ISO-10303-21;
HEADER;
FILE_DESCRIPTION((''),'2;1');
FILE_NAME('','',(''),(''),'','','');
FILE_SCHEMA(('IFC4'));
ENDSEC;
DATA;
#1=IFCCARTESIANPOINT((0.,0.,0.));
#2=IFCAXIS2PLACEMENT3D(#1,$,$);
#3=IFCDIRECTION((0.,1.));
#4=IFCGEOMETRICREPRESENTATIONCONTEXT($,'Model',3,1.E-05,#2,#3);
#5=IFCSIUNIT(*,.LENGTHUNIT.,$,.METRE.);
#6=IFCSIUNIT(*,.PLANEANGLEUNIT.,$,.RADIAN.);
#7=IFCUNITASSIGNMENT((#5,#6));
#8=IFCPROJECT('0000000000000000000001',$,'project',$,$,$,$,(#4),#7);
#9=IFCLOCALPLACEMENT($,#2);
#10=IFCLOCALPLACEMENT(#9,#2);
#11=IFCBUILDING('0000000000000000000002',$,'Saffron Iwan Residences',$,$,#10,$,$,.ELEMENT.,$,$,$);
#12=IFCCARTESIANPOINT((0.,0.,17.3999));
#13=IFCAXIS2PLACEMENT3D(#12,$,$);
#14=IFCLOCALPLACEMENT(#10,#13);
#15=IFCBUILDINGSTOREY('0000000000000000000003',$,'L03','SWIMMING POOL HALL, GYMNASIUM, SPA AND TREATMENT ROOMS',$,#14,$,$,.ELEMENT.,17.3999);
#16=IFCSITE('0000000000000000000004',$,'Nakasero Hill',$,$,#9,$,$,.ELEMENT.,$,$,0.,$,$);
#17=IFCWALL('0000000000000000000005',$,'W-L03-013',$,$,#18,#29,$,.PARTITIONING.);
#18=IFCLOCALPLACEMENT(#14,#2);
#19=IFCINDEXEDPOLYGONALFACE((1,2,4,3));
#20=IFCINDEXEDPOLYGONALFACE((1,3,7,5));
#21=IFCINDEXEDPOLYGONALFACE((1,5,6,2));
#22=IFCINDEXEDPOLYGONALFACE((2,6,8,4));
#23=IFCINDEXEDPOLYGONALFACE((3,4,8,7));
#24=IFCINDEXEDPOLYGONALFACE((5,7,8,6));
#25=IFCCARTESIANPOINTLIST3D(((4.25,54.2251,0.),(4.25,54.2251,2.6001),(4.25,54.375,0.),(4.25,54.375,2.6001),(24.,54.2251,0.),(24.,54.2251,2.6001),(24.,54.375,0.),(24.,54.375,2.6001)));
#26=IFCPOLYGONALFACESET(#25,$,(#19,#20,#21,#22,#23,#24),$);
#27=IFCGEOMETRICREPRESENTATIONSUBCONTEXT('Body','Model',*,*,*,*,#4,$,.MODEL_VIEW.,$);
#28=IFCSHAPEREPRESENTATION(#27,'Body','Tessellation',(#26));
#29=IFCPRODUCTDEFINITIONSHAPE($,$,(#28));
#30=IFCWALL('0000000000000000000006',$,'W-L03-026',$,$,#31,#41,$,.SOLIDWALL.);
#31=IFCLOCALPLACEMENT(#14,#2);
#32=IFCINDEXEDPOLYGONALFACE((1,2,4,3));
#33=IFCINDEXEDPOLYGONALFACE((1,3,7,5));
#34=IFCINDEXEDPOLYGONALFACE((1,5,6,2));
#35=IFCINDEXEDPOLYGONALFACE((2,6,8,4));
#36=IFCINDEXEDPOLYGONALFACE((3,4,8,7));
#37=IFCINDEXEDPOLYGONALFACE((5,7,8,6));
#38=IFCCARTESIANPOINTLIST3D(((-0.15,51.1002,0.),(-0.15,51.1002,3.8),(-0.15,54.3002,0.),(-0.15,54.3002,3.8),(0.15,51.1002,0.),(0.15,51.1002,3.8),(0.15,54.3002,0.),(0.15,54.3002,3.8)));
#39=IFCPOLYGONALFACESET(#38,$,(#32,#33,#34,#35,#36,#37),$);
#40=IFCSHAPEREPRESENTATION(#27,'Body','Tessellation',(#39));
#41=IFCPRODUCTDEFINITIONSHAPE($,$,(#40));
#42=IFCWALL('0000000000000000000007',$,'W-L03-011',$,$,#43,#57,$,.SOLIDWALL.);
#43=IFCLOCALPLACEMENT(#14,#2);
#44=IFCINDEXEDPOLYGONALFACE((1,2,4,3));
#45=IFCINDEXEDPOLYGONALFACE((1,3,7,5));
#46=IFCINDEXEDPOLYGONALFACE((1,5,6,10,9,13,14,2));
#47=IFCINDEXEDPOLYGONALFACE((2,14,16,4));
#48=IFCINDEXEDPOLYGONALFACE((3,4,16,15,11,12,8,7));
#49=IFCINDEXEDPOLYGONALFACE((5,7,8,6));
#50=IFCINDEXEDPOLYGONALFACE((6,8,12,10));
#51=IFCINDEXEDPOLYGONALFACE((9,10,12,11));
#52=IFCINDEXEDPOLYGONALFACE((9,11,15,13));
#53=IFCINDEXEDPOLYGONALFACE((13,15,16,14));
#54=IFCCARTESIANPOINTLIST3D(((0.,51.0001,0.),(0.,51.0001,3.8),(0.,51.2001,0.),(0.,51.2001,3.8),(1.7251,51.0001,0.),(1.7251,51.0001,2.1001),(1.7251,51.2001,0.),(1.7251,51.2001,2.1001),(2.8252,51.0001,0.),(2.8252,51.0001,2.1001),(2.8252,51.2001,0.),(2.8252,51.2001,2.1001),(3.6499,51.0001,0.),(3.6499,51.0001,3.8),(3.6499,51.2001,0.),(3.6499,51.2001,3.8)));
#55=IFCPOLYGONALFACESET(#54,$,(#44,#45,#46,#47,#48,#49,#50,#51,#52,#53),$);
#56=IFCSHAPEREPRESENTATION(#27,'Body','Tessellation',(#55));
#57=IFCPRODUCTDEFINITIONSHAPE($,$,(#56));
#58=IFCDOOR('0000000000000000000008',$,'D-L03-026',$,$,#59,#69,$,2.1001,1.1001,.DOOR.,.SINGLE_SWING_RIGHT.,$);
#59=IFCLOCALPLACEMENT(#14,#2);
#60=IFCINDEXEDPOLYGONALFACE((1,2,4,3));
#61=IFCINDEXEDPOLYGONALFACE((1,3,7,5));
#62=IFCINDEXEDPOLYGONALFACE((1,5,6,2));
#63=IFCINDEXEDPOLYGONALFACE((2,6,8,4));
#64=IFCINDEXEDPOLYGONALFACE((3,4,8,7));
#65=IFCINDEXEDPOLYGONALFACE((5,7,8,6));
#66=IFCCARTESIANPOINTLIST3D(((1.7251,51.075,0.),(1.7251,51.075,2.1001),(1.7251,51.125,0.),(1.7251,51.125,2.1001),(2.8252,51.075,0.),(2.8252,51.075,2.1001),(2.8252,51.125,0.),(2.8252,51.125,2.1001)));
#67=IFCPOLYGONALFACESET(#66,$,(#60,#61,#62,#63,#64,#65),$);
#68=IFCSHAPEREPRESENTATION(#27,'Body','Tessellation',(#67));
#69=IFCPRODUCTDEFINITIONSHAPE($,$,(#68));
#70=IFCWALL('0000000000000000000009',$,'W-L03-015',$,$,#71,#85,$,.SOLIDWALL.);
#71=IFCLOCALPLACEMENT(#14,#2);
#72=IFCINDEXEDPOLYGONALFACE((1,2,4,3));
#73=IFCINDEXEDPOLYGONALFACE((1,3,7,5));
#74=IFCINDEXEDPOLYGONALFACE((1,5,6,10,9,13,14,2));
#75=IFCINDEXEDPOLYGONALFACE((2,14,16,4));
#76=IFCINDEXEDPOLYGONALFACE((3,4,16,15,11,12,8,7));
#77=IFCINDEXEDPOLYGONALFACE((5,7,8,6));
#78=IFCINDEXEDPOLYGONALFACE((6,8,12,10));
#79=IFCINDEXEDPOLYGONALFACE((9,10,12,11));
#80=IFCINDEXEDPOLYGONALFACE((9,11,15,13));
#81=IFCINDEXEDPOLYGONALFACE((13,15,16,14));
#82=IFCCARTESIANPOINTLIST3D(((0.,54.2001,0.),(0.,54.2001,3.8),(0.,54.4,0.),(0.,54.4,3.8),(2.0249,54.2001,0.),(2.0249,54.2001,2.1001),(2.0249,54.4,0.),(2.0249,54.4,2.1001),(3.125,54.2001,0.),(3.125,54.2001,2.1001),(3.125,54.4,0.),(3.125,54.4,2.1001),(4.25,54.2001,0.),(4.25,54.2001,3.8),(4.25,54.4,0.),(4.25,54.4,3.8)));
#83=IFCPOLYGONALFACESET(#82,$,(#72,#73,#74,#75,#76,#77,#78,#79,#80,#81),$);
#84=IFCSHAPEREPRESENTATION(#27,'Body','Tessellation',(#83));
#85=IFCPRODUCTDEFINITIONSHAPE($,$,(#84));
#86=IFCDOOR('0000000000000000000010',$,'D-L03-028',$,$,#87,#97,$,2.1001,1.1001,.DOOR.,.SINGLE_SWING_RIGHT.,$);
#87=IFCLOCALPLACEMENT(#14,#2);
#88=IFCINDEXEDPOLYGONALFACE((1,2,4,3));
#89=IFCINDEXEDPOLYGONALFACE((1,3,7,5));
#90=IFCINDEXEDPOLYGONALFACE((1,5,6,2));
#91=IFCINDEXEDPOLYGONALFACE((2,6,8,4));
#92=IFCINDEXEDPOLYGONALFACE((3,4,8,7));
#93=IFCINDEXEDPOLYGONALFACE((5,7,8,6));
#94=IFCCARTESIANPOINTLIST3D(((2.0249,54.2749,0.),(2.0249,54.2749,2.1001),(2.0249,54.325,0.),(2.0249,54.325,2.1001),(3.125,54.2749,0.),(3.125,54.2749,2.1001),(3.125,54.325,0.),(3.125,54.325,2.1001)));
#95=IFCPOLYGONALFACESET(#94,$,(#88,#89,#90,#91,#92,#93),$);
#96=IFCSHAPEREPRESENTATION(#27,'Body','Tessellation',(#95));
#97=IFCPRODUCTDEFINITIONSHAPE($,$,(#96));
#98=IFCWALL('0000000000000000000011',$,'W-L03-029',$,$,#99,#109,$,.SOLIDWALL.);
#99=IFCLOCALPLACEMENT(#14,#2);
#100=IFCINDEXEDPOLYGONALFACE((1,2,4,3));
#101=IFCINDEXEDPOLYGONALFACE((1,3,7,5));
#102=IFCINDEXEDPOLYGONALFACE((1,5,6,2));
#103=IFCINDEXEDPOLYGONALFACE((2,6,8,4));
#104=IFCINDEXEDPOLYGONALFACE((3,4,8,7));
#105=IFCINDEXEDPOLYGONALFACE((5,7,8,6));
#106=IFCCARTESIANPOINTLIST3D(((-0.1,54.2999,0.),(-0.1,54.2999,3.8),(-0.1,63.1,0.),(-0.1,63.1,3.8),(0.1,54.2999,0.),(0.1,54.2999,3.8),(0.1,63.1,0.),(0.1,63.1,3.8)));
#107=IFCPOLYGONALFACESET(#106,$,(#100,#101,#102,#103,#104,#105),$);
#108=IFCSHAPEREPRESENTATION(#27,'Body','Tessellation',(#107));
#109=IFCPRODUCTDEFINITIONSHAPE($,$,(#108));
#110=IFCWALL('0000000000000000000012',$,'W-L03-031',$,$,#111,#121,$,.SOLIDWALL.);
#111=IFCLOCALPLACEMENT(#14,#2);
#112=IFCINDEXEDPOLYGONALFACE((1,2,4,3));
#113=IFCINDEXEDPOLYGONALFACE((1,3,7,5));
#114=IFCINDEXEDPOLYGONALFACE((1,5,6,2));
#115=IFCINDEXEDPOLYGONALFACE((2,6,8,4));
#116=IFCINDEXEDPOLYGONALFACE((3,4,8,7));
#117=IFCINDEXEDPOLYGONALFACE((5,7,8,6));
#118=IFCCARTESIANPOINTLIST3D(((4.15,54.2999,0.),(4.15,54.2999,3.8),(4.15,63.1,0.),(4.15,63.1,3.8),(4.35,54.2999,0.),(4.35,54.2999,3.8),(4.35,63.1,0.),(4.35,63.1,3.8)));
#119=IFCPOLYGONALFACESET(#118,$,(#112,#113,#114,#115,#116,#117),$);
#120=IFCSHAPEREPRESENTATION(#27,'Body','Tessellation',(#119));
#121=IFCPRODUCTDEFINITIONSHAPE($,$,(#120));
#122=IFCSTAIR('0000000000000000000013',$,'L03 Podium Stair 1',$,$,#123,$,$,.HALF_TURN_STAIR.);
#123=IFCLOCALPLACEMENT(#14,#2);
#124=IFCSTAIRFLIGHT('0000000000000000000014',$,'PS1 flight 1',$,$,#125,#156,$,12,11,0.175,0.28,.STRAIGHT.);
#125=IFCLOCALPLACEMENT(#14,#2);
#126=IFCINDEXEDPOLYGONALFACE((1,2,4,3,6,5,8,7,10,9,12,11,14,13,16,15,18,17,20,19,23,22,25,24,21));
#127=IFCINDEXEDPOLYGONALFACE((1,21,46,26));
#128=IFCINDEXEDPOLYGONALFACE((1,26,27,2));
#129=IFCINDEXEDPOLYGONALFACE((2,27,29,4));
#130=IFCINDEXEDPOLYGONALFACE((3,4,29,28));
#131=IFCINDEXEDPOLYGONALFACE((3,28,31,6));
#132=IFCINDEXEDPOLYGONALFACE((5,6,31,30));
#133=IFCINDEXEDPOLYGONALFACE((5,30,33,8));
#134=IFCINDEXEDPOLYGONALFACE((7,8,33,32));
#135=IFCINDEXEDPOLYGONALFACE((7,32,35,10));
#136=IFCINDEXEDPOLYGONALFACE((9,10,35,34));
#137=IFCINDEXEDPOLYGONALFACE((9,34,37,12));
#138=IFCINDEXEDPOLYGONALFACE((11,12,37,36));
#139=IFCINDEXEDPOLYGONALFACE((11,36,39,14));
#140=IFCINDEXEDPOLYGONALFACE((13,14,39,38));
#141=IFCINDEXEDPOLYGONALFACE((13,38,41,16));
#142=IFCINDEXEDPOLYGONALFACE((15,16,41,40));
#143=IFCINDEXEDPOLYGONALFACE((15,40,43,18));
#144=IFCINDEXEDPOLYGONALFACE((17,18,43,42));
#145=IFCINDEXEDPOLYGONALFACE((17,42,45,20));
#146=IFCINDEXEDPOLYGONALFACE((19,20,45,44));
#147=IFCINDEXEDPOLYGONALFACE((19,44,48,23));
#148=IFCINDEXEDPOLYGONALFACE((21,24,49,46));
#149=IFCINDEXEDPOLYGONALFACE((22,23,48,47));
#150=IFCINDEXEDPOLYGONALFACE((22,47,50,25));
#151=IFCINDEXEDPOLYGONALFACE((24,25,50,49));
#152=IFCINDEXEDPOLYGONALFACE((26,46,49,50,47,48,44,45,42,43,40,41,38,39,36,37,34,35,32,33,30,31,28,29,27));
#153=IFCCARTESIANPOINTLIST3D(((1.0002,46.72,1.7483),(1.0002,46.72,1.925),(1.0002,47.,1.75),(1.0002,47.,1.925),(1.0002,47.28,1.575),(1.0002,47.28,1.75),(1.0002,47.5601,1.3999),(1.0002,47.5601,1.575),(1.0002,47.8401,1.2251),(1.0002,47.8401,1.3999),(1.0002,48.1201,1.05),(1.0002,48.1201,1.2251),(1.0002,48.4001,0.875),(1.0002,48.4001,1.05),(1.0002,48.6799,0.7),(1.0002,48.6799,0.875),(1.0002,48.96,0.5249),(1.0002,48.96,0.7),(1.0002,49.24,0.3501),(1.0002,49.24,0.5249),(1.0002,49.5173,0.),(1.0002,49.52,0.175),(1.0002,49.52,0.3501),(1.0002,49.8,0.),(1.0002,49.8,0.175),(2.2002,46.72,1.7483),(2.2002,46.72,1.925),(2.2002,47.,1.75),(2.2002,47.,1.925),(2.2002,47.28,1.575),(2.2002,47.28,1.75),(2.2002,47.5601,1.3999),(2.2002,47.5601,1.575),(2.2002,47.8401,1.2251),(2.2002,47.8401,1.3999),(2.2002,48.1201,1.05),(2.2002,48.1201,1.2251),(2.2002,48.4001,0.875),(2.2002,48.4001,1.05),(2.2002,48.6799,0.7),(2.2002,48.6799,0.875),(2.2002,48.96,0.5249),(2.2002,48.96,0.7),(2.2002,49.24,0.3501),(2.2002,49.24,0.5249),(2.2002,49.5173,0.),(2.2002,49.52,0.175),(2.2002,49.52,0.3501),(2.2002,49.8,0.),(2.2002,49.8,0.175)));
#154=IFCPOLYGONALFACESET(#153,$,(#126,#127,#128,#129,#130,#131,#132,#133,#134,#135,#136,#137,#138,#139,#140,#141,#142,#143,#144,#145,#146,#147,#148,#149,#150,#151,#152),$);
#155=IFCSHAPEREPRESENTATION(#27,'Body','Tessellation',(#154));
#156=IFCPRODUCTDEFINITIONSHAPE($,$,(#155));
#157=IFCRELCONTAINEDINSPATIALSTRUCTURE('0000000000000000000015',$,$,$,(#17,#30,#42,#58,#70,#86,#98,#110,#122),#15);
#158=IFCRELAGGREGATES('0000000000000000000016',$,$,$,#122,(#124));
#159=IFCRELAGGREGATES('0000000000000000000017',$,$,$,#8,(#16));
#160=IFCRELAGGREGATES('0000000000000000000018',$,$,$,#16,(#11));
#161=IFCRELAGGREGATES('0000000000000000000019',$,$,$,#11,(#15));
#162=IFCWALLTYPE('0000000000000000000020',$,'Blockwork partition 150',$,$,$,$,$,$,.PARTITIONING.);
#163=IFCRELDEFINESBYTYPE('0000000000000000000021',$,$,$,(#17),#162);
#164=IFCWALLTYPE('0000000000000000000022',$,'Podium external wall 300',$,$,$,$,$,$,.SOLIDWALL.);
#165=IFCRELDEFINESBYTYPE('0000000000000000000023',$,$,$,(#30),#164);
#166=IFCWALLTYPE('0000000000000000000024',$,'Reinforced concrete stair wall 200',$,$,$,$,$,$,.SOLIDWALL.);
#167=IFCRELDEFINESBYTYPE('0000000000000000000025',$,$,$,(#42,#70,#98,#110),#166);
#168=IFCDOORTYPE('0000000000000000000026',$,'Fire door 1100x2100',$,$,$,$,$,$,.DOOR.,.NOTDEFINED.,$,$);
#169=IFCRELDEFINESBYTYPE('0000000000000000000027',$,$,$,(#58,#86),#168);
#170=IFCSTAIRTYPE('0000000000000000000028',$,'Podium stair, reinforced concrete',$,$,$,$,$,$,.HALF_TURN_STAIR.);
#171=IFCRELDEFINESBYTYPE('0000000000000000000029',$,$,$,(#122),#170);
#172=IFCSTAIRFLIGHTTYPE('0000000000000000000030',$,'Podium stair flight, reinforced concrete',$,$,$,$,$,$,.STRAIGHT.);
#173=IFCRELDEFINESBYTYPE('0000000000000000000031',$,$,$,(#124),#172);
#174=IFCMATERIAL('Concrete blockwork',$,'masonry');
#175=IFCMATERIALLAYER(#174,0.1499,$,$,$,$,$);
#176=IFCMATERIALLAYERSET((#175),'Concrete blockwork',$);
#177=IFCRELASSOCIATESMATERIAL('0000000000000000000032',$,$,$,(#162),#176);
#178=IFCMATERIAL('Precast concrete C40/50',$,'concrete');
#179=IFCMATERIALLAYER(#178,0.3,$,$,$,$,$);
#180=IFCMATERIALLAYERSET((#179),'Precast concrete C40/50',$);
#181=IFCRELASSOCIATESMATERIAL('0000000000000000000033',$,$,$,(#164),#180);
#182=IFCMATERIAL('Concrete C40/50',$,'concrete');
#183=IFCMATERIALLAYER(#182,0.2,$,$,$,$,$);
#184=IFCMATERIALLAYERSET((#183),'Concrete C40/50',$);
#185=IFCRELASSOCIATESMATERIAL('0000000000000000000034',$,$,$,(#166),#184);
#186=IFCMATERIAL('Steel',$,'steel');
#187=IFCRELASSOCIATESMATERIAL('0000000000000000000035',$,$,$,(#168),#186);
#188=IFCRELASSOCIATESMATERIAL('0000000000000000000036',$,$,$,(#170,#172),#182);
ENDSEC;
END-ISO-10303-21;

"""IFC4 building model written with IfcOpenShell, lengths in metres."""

from ifc_helpers import new_model, si_unit, direction, frame, frame_2d, origin, place, context, subcontext, project, spatial, polyline, rectangle, outline, extrude, material, layer, layer_set, type_object, element, fill, aggregate, save


model = new_model("IFC4")

# Units and contexts
model_context = context("Model", 3, precision=1e-05, world=origin(), true_north=direction((0.0, 1.0)))
body_context = subcontext(model_context, "Body", "Model", "MODEL_VIEW")
ifc_project = project(units=[si_unit("LENGTHUNIT", "METRE"), si_unit("PLANEANGLEUNIT", "RADIAN")], contexts=[model_context])

# Site, building, storey
site_placement = place(None, origin())
site = spatial("IfcSite", under=ifc_project, at=site_placement, Name="Nakasero Hill", CompositionType="ELEMENT", RefElevation=0.0)
building_placement = place(site_placement, origin())
building = spatial("IfcBuilding", under=site, at=building_placement, Name="Saffron Iwan Residences", CompositionType="ELEMENT")
storey_placement = place(building_placement, frame((0.0, 0.0, 17.3999)))
storey = spatial("IfcBuildingStorey", under=building, at=storey_placement, Name="L03", Description="SWIMMING POOL HALL, GYMNASIUM, SPA AND TREATMENT ROOMS", CompositionType="ELEMENT", Elevation=17.3999)

# Walls
ifc_material_1 = material(Name="Concrete blockwork", Category="masonry")
ifc_layer_1 = layer(ifc_material_1, 0.1499)
ifc_layer_set_1 = layer_set([ifc_layer_1], Name="Concrete blockwork")
wall_type_1 = type_object("IfcWallType", Name="Blockwork partition 150", PredefinedType="PARTITIONING", material=ifc_layer_set_1)
wall_1_placement = place(storey_placement, frame((4.25, 54.3, 0.0), z_axis=(0.0, 0.0, 1.0), x_axis=(1.0, 0.0, 0.0)))
element("IfcWall", 1, at=wall_1_placement, inside=storey, type_object=wall_type_1, Name="W-L03-013", PredefinedType="PARTITIONING", context=body_context, shape_type="SweptSolid", body=[
    extrude(rectangle(XDim=19.75, YDim=0.1499, at=frame_2d((9.875, 0.0))), origin(), (0.0, 0.0, 1.0), 2.6001),
])
ifc_material_2 = material(Name="Precast concrete C40/50", Category="concrete")
ifc_layer_2 = layer(ifc_material_2, 0.3)
ifc_layer_set_2 = layer_set([ifc_layer_2], Name="Precast concrete C40/50")
wall_type_2 = type_object("IfcWallType", Name="Podium external wall 300", PredefinedType="SOLIDWALL", material=ifc_layer_set_2)
wall_2_placement = place(storey_placement, frame((0.0, 51.1001, 0.0), z_axis=(0.0, 0.0, 1.0), x_axis=(0.0, 1.0, 0.0)))
element("IfcWall", 2, at=wall_2_placement, inside=storey, type_object=wall_type_2, Name="W-L03-026", PredefinedType="SOLIDWALL", context=body_context, shape_type="SweptSolid", body=[
    extrude(rectangle(XDim=3.2, YDim=0.3, at=frame_2d((1.6001, 0.0))), origin(), (0.0, 0.0, 1.0), 3.8),
])

# Walls, openings, doors
ifc_material_3 = material(Name="Concrete C40/50", Category="concrete")
ifc_layer_3 = layer(ifc_material_3, 0.2)
ifc_layer_set_3 = layer_set([ifc_layer_3], Name="Concrete C40/50")
wall_type_3 = type_object("IfcWallType", Name="Reinforced concrete stair wall 200", PredefinedType="SOLIDWALL", material=ifc_layer_set_3)
wall_3_placement = place(storey_placement, frame((0.0, 51.1001, 0.0), z_axis=(0.0, 0.0, 1.0), x_axis=(1.0, 0.0, 0.0)))
wall_3 = element("IfcWall", 3, at=wall_3_placement, inside=storey, type_object=wall_type_3, Name="W-L03-011", PredefinedType="SOLIDWALL", context=body_context, shape_type="SweptSolid", body=[
    extrude(rectangle(XDim=3.6499, YDim=0.2, at=frame_2d((1.825, 0.0))), origin(), (0.0, 0.0, 1.0), 3.8),
])
opening_1_placement = place(wall_3_placement, frame((1.7251, 0.0, 0.0)))
opening_1 = element("IfcOpeningElement", 4, at=opening_1_placement, cuts=wall_3, PredefinedType="OPENING", context=body_context, shape_type="SweptSolid", body=[
    extrude(rectangle(XDim=1.1001, YDim=2.1001, at=frame_2d((0.55, 1.05))), frame((0.0, 0.1099, 0.0), z_axis=(0.0, -1.0, 0.0), x_axis=(1.0, 0.0, 0.0)), (0.0, 0.0, 1.0), 0.22),
])
ifc_material_4 = material(Name="Steel", Category="steel")
door_type = type_object("IfcDoorType", Name="Fire door 1100x2100", OperationType="NOTDEFINED", PredefinedType="DOOR", material=ifc_material_4)
door_1_placement = place(opening_1_placement, origin())
door_1 = element("IfcDoor", 5, at=door_1_placement, inside=storey, type_object=door_type, Name="D-L03-026", OperationType="SINGLE_SWING_RIGHT", OverallHeight=2.1001, OverallWidth=1.1001, PredefinedType="DOOR", context=body_context, shape_type="SweptSolid", body=[
    extrude(rectangle(XDim=1.1001, YDim=2.1001, at=frame_2d((0.55, 1.05))), frame((0.0, 0.0249, 0.0), z_axis=(0.0, -1.0, 0.0), x_axis=(1.0, 0.0, 0.0)), (0.0, 0.0, 1.0), 0.05),
])
fill(opening_1, door_1)
wall_4_placement = place(storey_placement, frame((0.0, 54.3, 0.0), z_axis=(0.0, 0.0, 1.0), x_axis=(1.0, 0.0, 0.0)))
wall_4 = element("IfcWall", 6, at=wall_4_placement, inside=storey, type_object=wall_type_3, Name="W-L03-015", PredefinedType="SOLIDWALL", context=body_context, shape_type="SweptSolid", body=[
    extrude(rectangle(XDim=4.25, YDim=0.2, at=frame_2d((2.125, 0.0))), origin(), (0.0, 0.0, 1.0), 3.8),
])
opening_2_placement = place(wall_4_placement, frame((2.0249, 0.0, 0.0)))
opening_2 = element("IfcOpeningElement", 7, at=opening_2_placement, cuts=wall_4, PredefinedType="OPENING", context=body_context, shape_type="SweptSolid", body=[
    extrude(rectangle(XDim=1.1001, YDim=2.1001, at=frame_2d((0.55, 1.05))), frame((0.0, 0.1099, 0.0), z_axis=(0.0, -1.0, 0.0), x_axis=(1.0, 0.0, 0.0)), (0.0, 0.0, 1.0), 0.22),
])
door_2_placement = place(opening_2_placement, origin())
door_2 = element("IfcDoor", 8, at=door_2_placement, inside=storey, type_object=door_type, Name="D-L03-028", OperationType="SINGLE_SWING_RIGHT", OverallHeight=2.1001, OverallWidth=1.1001, PredefinedType="DOOR", context=body_context, shape_type="SweptSolid", body=[
    extrude(rectangle(XDim=1.1001, YDim=2.1001, at=frame_2d((0.55, 1.05))), frame((0.0, 0.0249, 0.0), z_axis=(0.0, -1.0, 0.0), x_axis=(1.0, 0.0, 0.0)), (0.0, 0.0, 1.0), 0.05),
])
fill(opening_2, door_2)

# Walls
for number, where, z_axis, x_axis, name in (
    (9, (0.0, 54.3, 0.0), (0.0, 0.0, 1.0), (0.0, 1.0, 0.0), "W-L03-029"),
    (10, (4.25, 54.3, 0.0), (0.0, 0.0, 1.0), (0.0, 1.0, 0.0), "W-L03-031"),
):
    element("IfcWall", number, at=place(storey_placement, frame(where, z_axis=z_axis, x_axis=x_axis)), inside=storey, type_object=wall_type_3, Name=name, PredefinedType="SOLIDWALL", context=body_context, shape_type="SweptSolid", body=[
        extrude(rectangle(XDim=8.8, YDim=0.2, at=frame_2d((4.3999, 0.0))), origin(), (0.0, 0.0, 1.0), 3.8),
    ])

# Stair, stair flight
stair_type = type_object("IfcStairType", Name="Podium stair, reinforced concrete", PredefinedType="HALF_TURN_STAIR", material=ifc_material_3)
stair_1_placement = place(storey_placement, origin())
stair_1 = element("IfcStair", 11, at=stair_1_placement, inside=storey, type_object=stair_type, Name="L03 Podium Stair 1", PredefinedType="HALF_TURN_STAIR")
stair_flight_type = type_object("IfcStairFlightType", Name="Podium stair flight, reinforced concrete", PredefinedType="STRAIGHT", material=ifc_material_3)
stair_flight_1_placement = place(storey_placement, frame((1.6001, 49.8, 0.0), z_axis=(0.0, 0.0, 1.0), x_axis=(0.0, -1.0, 0.0)))
stair_flight_1 = element("IfcStairFlight", 12, at=stair_flight_1_placement, type_object=stair_flight_type, Name="PS1 flight 1", NumberOfRisers=12, NumberOfTreads=11, PredefinedType="STRAIGHT", RiserHeight=0.175, TreadLength=0.28, context=body_context, shape_type="SweptSolid", body=[
    extrude(outline(polyline([(0.0, 0.0), (0.0, 0.175), (0.28, 0.175), (0.28, 0.3501), (0.5601, 0.3501), (0.5601, 0.5249), (0.8401, 0.5249), (0.8401, 0.7), (1.1201, 0.7), (1.1201, 0.875), (1.3999, 0.875), (1.3999, 1.05), (1.6799, 1.05), (1.6799, 1.2251), (1.96, 1.2251), (1.96, 1.3999), (2.24, 1.3999), (2.24, 1.575), (2.52, 1.575), (2.52, 1.75), (2.8, 1.75), (2.8, 1.925), (3.0801, 1.925), (3.0801, 2.1001), (3.0801, 1.7483), (0.2827, 0.0), (0.0, 0.0)])), frame((0.0, 0.6001, 0.0), z_axis=(0.0, -1.0, 0.0), x_axis=(1.0, 0.0, 0.0)), (0.0, 0.0, 1.0), 1.2),
])
aggregate(stair_1, [stair_flight_1])

save(model, "model.ifc")
